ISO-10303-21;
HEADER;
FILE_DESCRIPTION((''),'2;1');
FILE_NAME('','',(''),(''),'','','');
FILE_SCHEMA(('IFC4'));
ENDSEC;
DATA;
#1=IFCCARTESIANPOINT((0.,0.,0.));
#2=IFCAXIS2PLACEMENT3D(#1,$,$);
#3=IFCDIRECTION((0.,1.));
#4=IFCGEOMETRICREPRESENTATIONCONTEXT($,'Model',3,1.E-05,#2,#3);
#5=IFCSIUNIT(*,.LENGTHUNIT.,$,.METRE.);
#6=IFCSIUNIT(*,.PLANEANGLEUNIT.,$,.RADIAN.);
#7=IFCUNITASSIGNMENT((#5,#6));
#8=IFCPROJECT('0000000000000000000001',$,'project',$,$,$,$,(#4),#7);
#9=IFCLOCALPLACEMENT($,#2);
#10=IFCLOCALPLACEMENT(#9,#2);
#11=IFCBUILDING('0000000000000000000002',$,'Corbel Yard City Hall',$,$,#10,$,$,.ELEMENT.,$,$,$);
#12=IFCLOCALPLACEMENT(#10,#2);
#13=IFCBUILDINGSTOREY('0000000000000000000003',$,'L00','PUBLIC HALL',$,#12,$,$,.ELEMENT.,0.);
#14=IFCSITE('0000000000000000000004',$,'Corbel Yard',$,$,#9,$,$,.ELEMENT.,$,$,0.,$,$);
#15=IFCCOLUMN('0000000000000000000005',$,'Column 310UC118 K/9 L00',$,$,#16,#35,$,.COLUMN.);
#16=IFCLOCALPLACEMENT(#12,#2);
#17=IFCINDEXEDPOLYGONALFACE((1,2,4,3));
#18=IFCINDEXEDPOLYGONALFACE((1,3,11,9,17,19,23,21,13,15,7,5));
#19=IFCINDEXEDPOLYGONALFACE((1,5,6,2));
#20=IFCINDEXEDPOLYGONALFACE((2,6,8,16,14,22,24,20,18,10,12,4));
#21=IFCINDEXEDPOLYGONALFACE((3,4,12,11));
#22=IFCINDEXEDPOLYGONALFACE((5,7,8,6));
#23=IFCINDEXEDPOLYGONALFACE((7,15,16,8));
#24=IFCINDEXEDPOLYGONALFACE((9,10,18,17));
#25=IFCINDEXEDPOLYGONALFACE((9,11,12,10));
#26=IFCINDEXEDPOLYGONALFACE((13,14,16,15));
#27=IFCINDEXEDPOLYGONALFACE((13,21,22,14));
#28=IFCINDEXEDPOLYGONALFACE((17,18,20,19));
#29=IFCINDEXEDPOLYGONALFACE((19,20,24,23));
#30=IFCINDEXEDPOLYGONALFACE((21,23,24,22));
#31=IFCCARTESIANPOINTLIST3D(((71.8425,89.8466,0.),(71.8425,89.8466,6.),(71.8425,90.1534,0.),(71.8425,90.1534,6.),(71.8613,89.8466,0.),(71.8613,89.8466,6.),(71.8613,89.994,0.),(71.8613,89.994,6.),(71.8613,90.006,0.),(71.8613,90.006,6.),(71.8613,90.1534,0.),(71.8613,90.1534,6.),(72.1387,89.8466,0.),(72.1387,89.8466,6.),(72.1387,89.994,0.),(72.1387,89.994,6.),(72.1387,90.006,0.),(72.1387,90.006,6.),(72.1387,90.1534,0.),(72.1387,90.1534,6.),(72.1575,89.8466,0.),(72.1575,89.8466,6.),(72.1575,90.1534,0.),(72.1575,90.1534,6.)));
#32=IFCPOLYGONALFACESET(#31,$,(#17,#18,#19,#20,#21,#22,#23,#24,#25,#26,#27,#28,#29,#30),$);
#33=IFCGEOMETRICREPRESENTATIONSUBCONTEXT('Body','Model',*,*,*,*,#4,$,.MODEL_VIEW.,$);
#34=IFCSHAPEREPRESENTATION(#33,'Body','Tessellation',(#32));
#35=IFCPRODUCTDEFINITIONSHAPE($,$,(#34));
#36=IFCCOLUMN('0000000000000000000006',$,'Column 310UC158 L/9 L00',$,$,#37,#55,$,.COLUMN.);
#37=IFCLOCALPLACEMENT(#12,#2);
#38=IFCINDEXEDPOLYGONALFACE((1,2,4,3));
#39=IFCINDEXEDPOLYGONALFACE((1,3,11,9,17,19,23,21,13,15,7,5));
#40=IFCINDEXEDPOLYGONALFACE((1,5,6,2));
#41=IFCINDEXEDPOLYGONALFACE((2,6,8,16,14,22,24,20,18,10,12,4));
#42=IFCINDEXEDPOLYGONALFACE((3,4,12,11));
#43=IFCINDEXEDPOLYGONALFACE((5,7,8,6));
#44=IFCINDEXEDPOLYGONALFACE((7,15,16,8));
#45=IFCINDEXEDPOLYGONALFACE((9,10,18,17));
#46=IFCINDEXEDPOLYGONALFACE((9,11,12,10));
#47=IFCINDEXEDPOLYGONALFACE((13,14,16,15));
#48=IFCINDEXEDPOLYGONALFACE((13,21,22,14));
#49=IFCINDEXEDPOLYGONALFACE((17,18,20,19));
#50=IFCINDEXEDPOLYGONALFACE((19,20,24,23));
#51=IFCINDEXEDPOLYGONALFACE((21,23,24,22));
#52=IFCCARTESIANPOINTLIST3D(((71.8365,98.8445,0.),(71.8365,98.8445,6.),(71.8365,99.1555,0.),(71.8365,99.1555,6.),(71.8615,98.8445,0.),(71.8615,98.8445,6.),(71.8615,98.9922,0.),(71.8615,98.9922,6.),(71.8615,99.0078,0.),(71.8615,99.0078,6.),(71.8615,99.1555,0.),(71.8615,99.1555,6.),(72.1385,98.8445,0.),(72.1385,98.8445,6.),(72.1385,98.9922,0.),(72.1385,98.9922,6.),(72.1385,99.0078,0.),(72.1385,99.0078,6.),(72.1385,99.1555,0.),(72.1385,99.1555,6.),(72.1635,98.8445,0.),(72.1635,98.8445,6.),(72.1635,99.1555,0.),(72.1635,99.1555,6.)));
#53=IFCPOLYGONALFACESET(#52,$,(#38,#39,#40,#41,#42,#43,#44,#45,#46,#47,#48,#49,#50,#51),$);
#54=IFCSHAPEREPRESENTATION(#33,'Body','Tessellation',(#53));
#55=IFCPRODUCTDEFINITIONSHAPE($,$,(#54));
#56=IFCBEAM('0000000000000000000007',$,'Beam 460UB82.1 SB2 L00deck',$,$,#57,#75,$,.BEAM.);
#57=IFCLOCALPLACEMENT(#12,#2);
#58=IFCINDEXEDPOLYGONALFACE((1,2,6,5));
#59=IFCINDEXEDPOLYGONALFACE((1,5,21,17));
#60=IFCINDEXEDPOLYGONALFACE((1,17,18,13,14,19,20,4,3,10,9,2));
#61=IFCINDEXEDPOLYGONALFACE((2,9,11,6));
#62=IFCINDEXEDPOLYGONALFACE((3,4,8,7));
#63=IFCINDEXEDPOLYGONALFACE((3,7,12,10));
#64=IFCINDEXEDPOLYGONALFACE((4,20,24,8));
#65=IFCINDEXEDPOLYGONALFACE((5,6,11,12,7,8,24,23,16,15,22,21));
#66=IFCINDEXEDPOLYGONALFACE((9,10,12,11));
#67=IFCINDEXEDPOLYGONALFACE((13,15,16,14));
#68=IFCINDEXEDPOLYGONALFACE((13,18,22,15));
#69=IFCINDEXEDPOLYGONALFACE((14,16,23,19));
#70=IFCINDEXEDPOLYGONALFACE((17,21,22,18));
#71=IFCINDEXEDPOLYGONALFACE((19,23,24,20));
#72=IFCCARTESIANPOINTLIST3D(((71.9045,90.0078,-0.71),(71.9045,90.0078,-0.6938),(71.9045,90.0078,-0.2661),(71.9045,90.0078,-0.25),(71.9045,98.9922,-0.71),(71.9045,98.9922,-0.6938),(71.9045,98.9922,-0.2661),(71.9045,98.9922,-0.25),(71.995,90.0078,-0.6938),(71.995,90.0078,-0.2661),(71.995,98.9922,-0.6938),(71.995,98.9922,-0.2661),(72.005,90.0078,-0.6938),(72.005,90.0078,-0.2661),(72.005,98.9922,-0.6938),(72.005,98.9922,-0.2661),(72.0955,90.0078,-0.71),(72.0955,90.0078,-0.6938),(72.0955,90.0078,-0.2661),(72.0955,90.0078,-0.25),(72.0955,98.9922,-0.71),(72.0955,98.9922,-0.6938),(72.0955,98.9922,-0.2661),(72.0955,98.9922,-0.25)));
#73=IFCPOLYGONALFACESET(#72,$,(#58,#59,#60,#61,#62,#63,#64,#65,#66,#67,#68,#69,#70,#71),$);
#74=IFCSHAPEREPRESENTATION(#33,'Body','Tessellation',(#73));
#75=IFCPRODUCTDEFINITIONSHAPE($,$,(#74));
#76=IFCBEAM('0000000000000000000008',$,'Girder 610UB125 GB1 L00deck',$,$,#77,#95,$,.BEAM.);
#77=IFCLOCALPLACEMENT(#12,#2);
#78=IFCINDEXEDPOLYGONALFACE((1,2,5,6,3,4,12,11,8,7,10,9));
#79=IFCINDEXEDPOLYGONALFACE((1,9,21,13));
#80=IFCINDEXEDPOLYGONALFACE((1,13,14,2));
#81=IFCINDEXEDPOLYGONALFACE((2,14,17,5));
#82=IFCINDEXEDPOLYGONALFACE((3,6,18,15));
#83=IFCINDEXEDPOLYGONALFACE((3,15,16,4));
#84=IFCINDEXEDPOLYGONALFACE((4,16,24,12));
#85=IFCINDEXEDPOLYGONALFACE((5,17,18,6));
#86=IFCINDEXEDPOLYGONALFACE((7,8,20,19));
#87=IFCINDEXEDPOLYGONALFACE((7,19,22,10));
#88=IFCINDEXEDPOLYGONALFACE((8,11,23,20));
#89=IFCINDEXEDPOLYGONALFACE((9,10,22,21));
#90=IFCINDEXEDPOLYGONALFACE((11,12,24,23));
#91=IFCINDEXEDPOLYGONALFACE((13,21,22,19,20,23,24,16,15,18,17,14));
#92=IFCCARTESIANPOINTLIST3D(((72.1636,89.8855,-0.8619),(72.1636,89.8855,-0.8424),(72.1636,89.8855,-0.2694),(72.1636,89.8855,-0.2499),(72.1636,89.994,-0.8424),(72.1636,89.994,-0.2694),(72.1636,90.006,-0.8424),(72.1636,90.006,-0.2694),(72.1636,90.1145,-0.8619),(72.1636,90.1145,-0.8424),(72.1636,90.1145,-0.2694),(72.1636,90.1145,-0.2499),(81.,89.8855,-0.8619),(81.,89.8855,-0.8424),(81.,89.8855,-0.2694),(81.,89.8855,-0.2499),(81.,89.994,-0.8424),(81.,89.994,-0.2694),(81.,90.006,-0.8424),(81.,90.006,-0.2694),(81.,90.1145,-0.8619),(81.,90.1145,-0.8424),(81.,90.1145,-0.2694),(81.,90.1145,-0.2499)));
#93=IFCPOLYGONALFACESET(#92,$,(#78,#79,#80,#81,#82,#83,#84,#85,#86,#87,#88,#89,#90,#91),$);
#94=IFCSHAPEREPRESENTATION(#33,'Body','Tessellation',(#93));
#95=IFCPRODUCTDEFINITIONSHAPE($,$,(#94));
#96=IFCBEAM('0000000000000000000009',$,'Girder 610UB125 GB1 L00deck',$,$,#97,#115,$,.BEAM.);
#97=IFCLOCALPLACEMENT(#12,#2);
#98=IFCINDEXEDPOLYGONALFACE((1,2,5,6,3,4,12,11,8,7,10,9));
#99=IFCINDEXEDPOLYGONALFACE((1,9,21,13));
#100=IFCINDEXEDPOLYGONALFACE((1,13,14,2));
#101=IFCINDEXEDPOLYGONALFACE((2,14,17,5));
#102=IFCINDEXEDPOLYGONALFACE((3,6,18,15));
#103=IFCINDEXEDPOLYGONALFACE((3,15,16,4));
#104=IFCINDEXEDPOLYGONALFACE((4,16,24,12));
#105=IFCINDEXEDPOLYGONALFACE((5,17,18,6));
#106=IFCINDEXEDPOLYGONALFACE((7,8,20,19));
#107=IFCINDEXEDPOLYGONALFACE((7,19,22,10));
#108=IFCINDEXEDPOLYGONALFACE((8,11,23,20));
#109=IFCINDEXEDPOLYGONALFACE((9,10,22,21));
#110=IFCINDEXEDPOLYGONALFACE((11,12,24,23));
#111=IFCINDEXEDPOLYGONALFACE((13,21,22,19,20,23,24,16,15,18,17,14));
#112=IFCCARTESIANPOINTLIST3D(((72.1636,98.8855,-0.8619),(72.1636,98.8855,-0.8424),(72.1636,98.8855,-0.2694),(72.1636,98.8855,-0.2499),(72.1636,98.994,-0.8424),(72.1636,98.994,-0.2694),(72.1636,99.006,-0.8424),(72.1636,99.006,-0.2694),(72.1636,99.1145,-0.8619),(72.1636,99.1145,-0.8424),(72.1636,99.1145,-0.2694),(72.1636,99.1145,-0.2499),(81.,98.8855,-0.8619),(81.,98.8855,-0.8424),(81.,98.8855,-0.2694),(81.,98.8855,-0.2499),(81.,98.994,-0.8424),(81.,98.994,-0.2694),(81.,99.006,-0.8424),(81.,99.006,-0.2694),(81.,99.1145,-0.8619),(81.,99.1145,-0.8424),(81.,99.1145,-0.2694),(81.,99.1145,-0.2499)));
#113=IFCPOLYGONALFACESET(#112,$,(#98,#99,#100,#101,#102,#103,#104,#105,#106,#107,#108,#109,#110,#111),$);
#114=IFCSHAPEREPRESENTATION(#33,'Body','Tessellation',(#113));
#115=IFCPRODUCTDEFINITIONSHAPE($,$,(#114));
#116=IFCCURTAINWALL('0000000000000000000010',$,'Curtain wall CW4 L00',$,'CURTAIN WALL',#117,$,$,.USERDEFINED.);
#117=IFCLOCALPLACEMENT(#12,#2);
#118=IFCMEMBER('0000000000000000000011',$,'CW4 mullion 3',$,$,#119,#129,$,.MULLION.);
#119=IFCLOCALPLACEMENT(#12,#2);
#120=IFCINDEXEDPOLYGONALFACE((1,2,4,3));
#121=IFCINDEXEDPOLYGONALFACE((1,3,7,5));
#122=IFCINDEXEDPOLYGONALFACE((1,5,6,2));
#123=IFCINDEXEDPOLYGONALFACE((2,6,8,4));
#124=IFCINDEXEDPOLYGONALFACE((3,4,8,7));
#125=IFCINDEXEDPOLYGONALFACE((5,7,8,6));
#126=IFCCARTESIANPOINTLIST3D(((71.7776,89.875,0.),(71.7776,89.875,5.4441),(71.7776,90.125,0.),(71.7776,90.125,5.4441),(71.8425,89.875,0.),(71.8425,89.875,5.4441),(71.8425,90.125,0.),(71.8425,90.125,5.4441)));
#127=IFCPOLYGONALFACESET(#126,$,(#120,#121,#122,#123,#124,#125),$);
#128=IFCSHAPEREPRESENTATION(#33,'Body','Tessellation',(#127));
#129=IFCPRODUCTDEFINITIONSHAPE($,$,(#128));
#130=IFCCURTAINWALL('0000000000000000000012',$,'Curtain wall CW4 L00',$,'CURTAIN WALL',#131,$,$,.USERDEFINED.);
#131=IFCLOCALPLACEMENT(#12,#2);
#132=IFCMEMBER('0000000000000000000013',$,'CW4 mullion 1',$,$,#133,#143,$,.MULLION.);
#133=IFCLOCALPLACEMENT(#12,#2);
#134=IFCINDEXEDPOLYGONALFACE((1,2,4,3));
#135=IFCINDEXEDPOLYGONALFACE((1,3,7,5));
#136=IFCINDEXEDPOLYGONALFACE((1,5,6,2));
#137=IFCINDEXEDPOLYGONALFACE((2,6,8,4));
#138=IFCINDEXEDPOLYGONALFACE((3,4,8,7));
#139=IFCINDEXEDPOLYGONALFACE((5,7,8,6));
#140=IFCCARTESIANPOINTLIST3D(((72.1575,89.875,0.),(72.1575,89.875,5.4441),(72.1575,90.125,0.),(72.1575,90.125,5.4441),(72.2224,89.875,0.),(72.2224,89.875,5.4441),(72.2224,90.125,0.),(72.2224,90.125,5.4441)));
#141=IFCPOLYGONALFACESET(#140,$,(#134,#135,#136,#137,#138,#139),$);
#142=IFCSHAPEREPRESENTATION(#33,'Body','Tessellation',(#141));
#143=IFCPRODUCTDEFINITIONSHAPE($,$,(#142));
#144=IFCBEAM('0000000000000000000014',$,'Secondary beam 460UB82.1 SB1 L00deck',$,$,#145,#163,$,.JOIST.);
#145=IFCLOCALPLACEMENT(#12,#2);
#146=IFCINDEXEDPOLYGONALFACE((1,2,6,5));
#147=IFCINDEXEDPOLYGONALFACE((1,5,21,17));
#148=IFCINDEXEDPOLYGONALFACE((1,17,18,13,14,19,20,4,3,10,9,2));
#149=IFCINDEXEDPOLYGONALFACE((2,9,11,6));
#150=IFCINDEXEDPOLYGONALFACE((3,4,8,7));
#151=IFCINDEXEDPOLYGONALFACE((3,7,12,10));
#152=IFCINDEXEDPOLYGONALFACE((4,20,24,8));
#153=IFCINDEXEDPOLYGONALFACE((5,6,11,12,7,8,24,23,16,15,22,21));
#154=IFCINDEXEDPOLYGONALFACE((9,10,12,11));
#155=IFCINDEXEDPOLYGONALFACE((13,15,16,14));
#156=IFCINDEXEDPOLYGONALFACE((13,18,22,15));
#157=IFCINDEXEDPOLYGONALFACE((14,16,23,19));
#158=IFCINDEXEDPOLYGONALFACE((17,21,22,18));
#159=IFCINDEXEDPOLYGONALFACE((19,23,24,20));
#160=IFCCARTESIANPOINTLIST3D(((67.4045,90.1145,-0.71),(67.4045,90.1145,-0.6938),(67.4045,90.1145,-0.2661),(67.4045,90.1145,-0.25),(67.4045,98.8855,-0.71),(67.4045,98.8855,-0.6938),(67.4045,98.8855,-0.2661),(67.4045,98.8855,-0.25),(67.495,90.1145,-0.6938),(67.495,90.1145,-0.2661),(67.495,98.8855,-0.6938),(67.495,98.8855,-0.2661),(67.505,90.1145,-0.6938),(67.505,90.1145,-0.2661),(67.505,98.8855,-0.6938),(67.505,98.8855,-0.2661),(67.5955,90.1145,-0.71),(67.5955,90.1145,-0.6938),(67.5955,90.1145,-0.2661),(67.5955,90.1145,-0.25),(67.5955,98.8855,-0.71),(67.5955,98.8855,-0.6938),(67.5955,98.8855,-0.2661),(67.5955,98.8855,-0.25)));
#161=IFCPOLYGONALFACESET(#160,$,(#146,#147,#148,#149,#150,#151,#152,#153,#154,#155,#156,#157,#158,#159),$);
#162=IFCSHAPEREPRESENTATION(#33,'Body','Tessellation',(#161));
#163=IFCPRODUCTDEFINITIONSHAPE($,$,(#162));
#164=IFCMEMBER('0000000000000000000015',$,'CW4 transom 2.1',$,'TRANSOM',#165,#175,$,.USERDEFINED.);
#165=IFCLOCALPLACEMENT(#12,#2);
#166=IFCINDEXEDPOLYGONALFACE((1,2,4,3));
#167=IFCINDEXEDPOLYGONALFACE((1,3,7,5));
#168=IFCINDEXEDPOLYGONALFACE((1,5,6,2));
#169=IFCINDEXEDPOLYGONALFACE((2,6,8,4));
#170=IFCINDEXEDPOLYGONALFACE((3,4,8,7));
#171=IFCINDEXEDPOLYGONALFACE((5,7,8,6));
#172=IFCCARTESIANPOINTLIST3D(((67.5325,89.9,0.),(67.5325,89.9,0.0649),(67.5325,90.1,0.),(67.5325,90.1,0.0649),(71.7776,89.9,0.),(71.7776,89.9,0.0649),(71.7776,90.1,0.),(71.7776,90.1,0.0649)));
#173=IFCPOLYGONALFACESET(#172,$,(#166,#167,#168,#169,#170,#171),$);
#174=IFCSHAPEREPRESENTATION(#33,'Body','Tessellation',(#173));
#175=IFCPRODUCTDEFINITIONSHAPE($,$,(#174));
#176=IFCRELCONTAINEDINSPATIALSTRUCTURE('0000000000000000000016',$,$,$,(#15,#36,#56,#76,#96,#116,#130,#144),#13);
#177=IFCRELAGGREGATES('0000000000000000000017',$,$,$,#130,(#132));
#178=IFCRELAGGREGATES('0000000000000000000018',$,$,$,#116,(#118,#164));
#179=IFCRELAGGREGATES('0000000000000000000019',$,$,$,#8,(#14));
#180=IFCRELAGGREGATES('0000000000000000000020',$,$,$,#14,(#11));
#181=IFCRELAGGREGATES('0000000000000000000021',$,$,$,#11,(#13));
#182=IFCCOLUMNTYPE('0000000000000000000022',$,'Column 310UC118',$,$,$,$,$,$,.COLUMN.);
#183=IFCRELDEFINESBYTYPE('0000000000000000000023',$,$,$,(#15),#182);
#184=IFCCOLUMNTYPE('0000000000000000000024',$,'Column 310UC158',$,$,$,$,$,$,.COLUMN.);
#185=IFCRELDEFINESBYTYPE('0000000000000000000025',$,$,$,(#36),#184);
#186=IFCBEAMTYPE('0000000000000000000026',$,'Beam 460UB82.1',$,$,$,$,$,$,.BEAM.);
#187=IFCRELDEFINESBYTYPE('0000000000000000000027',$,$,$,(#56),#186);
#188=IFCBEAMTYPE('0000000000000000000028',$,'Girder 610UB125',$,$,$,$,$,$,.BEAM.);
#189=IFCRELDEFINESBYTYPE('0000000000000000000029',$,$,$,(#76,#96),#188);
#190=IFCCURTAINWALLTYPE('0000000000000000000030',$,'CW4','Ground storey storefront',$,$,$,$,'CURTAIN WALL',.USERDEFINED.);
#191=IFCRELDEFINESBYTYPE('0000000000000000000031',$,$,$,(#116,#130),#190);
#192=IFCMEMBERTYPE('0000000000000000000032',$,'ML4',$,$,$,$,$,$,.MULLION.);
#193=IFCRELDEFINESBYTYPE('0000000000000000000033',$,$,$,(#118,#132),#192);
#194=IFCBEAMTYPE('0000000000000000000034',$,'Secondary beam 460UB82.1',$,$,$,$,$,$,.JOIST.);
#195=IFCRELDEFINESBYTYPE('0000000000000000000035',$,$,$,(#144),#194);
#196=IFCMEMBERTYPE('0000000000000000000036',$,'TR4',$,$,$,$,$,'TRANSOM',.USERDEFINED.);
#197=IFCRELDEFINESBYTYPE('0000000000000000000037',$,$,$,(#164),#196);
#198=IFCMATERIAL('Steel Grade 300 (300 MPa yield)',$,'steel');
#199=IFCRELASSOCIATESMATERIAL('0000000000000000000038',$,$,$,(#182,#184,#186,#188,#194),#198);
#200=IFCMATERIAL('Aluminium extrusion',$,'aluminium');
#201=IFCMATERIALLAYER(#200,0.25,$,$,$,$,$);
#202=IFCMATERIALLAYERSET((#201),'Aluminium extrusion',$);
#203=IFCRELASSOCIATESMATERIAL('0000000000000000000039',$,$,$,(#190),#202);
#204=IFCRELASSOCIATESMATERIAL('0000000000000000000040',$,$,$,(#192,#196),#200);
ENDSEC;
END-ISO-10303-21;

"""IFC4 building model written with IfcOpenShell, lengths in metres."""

from ifc_helpers import new_model, si_unit, direction, frame, origin, origin_2d, place, context, subcontext, project, spatial, rectangle, i_section, extrude, material, layer, layer_set, material_profile, profile_set, type_object, element, aggregate, save


model = new_model("IFC4")

# Units and contexts
model_context = context("Model", 3, precision=1e-05, world=origin(), true_north=direction((0.0, 1.0)))
body_context = subcontext(model_context, "Body", "Model", "MODEL_VIEW")
ifc_project = project(units=[si_unit("LENGTHUNIT", "METRE"), si_unit("PLANEANGLEUNIT", "RADIAN")], contexts=[model_context])

# Site, building, storey
site_placement = place(None, origin())
site = spatial("IfcSite", under=ifc_project, at=site_placement, Name="Corbel Yard", CompositionType="ELEMENT", RefElevation=0.0)
building_placement = place(site_placement, origin())
building = spatial("IfcBuilding", under=site, at=building_placement, Name="Corbel Yard City Hall", CompositionType="ELEMENT")
storey_placement = place(building_placement, origin())
storey = spatial("IfcBuildingStorey", under=building, at=storey_placement, Name="L00", Description="PUBLIC HALL", CompositionType="ELEMENT", Elevation=0.0)

# Columns
ifc_material_1 = material(Name="Steel Grade 300 (300 MPa yield)", Category="steel")
ifc_material_profile_1 = material_profile(ifc_material_1, i_section(OverallWidth=0.3069, OverallDepth=0.3149, WebThickness=0.012, FlangeThickness=0.0188, at=origin_2d()), Name="310UC118")
ifc_profile_set_1 = profile_set([ifc_material_profile_1], Name="Steel Grade 300 (300 MPa yield)")
column_type_1 = type_object("IfcColumnType", Name="Column 310UC118", PredefinedType="COLUMN", material=ifc_profile_set_1)
column_1_placement = place(storey_placement, frame((72.0, 90.0, 0.0), z_axis=(0.0, 0.0, 1.0), x_axis=(0.0, 1.0, 0.0)))
element("IfcColumn", 1, at=column_1_placement, inside=storey, type_object=column_type_1, Name="Column 310UC118 K/9 L00", PredefinedType="COLUMN", context=body_context, shape_type="SweptSolid", body=[
    extrude(i_section(OverallWidth=0.3069, OverallDepth=0.3149, WebThickness=0.012, FlangeThickness=0.0188, at=origin_2d()), origin(), (0.0, 0.0, 1.0), 6.0),
])
ifc_material_profile_2 = material_profile(ifc_material_1, i_section(OverallWidth=0.311, OverallDepth=0.3269, WebThickness=0.0156, FlangeThickness=0.0249, at=origin_2d()), Name="310UC158")
ifc_profile_set_2 = profile_set([ifc_material_profile_2], Name="Steel Grade 300 (300 MPa yield)")
column_type_2 = type_object("IfcColumnType", Name="Column 310UC158", PredefinedType="COLUMN", material=ifc_profile_set_2)
column_2_placement = place(storey_placement, frame((72.0, 99.0, 0.0), z_axis=(0.0, 0.0, 1.0), x_axis=(0.0, 1.0, 0.0)))
element("IfcColumn", 2, at=column_2_placement, inside=storey, type_object=column_type_2, Name="Column 310UC158 L/9 L00", PredefinedType="COLUMN", context=body_context, shape_type="SweptSolid", body=[
    extrude(i_section(OverallWidth=0.311, OverallDepth=0.3269, WebThickness=0.0156, FlangeThickness=0.0249, at=origin_2d()), origin(), (0.0, 0.0, 1.0), 6.0),
])

# Beams
ifc_material_profile_3 = material_profile(ifc_material_1, i_section(OverallWidth=0.1909, OverallDepth=0.46, WebThickness=0.01, FlangeThickness=0.0161, at=origin_2d()), Name="460UB82.1")
ifc_profile_set_3 = profile_set([ifc_material_profile_3], Name="Steel Grade 300 (300 MPa yield)")
beam_type_1 = type_object("IfcBeamType", Name="Beam 460UB82.1", PredefinedType="BEAM", material=ifc_profile_set_3)
beam_1_placement = place(storey_placement, frame((72.0, 90.0078, -0.48), z_axis=(0.0, 1.0, 0.0), x_axis=(-1.0, 0.0, 0.0)))
element("IfcBeam", 3, at=beam_1_placement, inside=storey, type_object=beam_type_1, Name="Beam 460UB82.1 SB2 L00deck", PredefinedType="BEAM", context=body_context, shape_type="SweptSolid", body=[
    extrude(i_section(OverallWidth=0.1909, OverallDepth=0.46, WebThickness=0.01, FlangeThickness=0.0161, at=origin_2d()), origin(), (0.0, 0.0, 1.0), 8.9844),
])
ifc_material_profile_4 = material_profile(ifc_material_1, i_section(OverallWidth=0.229, OverallDepth=0.6121, WebThickness=0.012, FlangeThickness=0.0195, at=origin_2d()), Name="610UB125")
ifc_profile_set_4 = profile_set([ifc_material_profile_4], Name="Steel Grade 300 (300 MPa yield)")
beam_type_2 = type_object("IfcBeamType", Name="Girder 610UB125", PredefinedType="BEAM", material=ifc_profile_set_4)
for number, where, z_axis, x_axis, name in (
    (4, (72.1636, 90.0, -0.5559), (1.0, 0.0, 0.0), (0.0, 1.0, 0.0), "Girder 610UB125 GB1 L00deck"),
    (5, (72.1636, 99.0, -0.5559), (1.0, 0.0, 0.0), (0.0, 1.0, 0.0), "Girder 610UB125 GB1 L00deck"),
):
    element("IfcBeam", number, at=place(storey_placement, frame(where, z_axis=z_axis, x_axis=x_axis)), inside=storey, type_object=beam_type_2, Name=name, PredefinedType="BEAM", context=body_context, shape_type="SweptSolid", body=[
        extrude(i_section(OverallWidth=0.229, OverallDepth=0.6121, WebThickness=0.012, FlangeThickness=0.0195, at=origin_2d()), origin(), (0.0, 0.0, 1.0), 8.8364),
    ])

# Curtain walls, members
ifc_material_2 = material(Name="Aluminium extrusion", Category="aluminium")
ifc_layer_1 = layer(ifc_material_2, 0.25)
ifc_layer_set_1 = layer_set([ifc_layer_1], Name="Aluminium extrusion")
curtain_wall_type = type_object("IfcCurtainWallType", Name="CW4", Description="Ground storey storefront", ElementType="CURTAIN WALL", PredefinedType="USERDEFINED", material=ifc_layer_set_1)
curtain_wall_1_placement = place(storey_placement, origin())
curtain_wall_1 = element("IfcCurtainWall", 6, at=curtain_wall_1_placement, inside=storey, type_object=curtain_wall_type, Name="Curtain wall CW4 L00", ObjectType="CURTAIN WALL", PredefinedType="USERDEFINED")
ifc_material_profile_5 = material_profile(ifc_material_2, rectangle(XDim=0.25, YDim=0.0649, at=origin_2d()), Name="250x65")
ifc_profile_set_5 = profile_set([ifc_material_profile_5], Name="Aluminium extrusion")
member_type_1 = type_object("IfcMemberType", Name="ML4", PredefinedType="MULLION", material=ifc_profile_set_5)
member_1_placement = place(storey_placement, frame((71.8101, 90.0, 0.0), z_axis=(0.0, 0.0, 1.0), x_axis=(0.0, 1.0, 0.0)))
member_1 = element("IfcMember", 7, at=member_1_placement, type_object=member_type_1, Name="CW4 mullion 3", PredefinedType="MULLION", context=body_context, shape_type="SweptSolid", body=[
    extrude(rectangle(XDim=0.25, YDim=0.0649, at=origin_2d()), origin(), (0.0, 0.0, 1.0), 5.4441),
])
curtain_wall_2_placement = place(storey_placement, origin())
curtain_wall_2 = element("IfcCurtainWall", 8, at=curtain_wall_2_placement, inside=storey, type_object=curtain_wall_type, Name="Curtain wall CW4 L00", ObjectType="CURTAIN WALL", PredefinedType="USERDEFINED")
member_2_placement = place(storey_placement, frame((72.1899, 90.0, 0.0), z_axis=(0.0, 0.0, 1.0), x_axis=(0.0, 1.0, 0.0)))
member_2 = element("IfcMember", 9, at=member_2_placement, type_object=member_type_1, Name="CW4 mullion 1", PredefinedType="MULLION", context=body_context, shape_type="SweptSolid", body=[
    extrude(rectangle(XDim=0.25, YDim=0.0649, at=origin_2d()), origin(), (0.0, 0.0, 1.0), 5.4441),
])

# Beam
ifc_material_profile_6 = material_profile(ifc_material_1, i_section(OverallWidth=0.1909, OverallDepth=0.46, WebThickness=0.01, FlangeThickness=0.0161, at=origin_2d()), Name="460UB82.1")
ifc_profile_set_6 = profile_set([ifc_material_profile_6], Name="Steel Grade 300 (300 MPa yield)")
beam_type_3 = type_object("IfcBeamType", Name="Secondary beam 460UB82.1", PredefinedType="JOIST", material=ifc_profile_set_6)
beam_2_placement = place(storey_placement, frame((67.5, 90.1145, -0.48), z_axis=(0.0, 1.0, 0.0), x_axis=(-1.0, 0.0, 0.0)))
element("IfcBeam", 10, at=beam_2_placement, inside=storey, type_object=beam_type_3, Name="Secondary beam 460UB82.1 SB1 L00deck", PredefinedType="JOIST", context=body_context, shape_type="SweptSolid", body=[
    extrude(i_section(OverallWidth=0.1909, OverallDepth=0.46, WebThickness=0.01, FlangeThickness=0.0161, at=origin_2d()), origin(), (0.0, 0.0, 1.0), 8.771),
])

# Member
ifc_material_profile_7 = material_profile(ifc_material_2, rectangle(XDim=0.2, YDim=0.0649, at=origin_2d()), Name="200x65")
ifc_profile_set_7 = profile_set([ifc_material_profile_7], Name="Aluminium extrusion")
member_type_2 = type_object("IfcMemberType", Name="TR4", ElementType="TRANSOM", PredefinedType="USERDEFINED", material=ifc_profile_set_7)
member_3_placement = place(storey_placement, frame((67.5325, 90.0, 0.0325), z_axis=(1.0, 0.0, 0.0), x_axis=(0.0, 1.0, 0.0)))
member_3 = element("IfcMember", 11, at=member_3_placement, type_object=member_type_2, Name="CW4 transom 2.1", ObjectType="TRANSOM", PredefinedType="USERDEFINED", context=body_context, shape_type="SweptSolid", body=[
    extrude(rectangle(XDim=0.2, YDim=0.0649, at=origin_2d()), origin(), (0.0, 0.0, 1.0), 4.2451),
])
aggregate(curtain_wall_2, [member_2])

aggregate(curtain_wall_1, [member_1, member_3])

save(model, "model.ifc")
